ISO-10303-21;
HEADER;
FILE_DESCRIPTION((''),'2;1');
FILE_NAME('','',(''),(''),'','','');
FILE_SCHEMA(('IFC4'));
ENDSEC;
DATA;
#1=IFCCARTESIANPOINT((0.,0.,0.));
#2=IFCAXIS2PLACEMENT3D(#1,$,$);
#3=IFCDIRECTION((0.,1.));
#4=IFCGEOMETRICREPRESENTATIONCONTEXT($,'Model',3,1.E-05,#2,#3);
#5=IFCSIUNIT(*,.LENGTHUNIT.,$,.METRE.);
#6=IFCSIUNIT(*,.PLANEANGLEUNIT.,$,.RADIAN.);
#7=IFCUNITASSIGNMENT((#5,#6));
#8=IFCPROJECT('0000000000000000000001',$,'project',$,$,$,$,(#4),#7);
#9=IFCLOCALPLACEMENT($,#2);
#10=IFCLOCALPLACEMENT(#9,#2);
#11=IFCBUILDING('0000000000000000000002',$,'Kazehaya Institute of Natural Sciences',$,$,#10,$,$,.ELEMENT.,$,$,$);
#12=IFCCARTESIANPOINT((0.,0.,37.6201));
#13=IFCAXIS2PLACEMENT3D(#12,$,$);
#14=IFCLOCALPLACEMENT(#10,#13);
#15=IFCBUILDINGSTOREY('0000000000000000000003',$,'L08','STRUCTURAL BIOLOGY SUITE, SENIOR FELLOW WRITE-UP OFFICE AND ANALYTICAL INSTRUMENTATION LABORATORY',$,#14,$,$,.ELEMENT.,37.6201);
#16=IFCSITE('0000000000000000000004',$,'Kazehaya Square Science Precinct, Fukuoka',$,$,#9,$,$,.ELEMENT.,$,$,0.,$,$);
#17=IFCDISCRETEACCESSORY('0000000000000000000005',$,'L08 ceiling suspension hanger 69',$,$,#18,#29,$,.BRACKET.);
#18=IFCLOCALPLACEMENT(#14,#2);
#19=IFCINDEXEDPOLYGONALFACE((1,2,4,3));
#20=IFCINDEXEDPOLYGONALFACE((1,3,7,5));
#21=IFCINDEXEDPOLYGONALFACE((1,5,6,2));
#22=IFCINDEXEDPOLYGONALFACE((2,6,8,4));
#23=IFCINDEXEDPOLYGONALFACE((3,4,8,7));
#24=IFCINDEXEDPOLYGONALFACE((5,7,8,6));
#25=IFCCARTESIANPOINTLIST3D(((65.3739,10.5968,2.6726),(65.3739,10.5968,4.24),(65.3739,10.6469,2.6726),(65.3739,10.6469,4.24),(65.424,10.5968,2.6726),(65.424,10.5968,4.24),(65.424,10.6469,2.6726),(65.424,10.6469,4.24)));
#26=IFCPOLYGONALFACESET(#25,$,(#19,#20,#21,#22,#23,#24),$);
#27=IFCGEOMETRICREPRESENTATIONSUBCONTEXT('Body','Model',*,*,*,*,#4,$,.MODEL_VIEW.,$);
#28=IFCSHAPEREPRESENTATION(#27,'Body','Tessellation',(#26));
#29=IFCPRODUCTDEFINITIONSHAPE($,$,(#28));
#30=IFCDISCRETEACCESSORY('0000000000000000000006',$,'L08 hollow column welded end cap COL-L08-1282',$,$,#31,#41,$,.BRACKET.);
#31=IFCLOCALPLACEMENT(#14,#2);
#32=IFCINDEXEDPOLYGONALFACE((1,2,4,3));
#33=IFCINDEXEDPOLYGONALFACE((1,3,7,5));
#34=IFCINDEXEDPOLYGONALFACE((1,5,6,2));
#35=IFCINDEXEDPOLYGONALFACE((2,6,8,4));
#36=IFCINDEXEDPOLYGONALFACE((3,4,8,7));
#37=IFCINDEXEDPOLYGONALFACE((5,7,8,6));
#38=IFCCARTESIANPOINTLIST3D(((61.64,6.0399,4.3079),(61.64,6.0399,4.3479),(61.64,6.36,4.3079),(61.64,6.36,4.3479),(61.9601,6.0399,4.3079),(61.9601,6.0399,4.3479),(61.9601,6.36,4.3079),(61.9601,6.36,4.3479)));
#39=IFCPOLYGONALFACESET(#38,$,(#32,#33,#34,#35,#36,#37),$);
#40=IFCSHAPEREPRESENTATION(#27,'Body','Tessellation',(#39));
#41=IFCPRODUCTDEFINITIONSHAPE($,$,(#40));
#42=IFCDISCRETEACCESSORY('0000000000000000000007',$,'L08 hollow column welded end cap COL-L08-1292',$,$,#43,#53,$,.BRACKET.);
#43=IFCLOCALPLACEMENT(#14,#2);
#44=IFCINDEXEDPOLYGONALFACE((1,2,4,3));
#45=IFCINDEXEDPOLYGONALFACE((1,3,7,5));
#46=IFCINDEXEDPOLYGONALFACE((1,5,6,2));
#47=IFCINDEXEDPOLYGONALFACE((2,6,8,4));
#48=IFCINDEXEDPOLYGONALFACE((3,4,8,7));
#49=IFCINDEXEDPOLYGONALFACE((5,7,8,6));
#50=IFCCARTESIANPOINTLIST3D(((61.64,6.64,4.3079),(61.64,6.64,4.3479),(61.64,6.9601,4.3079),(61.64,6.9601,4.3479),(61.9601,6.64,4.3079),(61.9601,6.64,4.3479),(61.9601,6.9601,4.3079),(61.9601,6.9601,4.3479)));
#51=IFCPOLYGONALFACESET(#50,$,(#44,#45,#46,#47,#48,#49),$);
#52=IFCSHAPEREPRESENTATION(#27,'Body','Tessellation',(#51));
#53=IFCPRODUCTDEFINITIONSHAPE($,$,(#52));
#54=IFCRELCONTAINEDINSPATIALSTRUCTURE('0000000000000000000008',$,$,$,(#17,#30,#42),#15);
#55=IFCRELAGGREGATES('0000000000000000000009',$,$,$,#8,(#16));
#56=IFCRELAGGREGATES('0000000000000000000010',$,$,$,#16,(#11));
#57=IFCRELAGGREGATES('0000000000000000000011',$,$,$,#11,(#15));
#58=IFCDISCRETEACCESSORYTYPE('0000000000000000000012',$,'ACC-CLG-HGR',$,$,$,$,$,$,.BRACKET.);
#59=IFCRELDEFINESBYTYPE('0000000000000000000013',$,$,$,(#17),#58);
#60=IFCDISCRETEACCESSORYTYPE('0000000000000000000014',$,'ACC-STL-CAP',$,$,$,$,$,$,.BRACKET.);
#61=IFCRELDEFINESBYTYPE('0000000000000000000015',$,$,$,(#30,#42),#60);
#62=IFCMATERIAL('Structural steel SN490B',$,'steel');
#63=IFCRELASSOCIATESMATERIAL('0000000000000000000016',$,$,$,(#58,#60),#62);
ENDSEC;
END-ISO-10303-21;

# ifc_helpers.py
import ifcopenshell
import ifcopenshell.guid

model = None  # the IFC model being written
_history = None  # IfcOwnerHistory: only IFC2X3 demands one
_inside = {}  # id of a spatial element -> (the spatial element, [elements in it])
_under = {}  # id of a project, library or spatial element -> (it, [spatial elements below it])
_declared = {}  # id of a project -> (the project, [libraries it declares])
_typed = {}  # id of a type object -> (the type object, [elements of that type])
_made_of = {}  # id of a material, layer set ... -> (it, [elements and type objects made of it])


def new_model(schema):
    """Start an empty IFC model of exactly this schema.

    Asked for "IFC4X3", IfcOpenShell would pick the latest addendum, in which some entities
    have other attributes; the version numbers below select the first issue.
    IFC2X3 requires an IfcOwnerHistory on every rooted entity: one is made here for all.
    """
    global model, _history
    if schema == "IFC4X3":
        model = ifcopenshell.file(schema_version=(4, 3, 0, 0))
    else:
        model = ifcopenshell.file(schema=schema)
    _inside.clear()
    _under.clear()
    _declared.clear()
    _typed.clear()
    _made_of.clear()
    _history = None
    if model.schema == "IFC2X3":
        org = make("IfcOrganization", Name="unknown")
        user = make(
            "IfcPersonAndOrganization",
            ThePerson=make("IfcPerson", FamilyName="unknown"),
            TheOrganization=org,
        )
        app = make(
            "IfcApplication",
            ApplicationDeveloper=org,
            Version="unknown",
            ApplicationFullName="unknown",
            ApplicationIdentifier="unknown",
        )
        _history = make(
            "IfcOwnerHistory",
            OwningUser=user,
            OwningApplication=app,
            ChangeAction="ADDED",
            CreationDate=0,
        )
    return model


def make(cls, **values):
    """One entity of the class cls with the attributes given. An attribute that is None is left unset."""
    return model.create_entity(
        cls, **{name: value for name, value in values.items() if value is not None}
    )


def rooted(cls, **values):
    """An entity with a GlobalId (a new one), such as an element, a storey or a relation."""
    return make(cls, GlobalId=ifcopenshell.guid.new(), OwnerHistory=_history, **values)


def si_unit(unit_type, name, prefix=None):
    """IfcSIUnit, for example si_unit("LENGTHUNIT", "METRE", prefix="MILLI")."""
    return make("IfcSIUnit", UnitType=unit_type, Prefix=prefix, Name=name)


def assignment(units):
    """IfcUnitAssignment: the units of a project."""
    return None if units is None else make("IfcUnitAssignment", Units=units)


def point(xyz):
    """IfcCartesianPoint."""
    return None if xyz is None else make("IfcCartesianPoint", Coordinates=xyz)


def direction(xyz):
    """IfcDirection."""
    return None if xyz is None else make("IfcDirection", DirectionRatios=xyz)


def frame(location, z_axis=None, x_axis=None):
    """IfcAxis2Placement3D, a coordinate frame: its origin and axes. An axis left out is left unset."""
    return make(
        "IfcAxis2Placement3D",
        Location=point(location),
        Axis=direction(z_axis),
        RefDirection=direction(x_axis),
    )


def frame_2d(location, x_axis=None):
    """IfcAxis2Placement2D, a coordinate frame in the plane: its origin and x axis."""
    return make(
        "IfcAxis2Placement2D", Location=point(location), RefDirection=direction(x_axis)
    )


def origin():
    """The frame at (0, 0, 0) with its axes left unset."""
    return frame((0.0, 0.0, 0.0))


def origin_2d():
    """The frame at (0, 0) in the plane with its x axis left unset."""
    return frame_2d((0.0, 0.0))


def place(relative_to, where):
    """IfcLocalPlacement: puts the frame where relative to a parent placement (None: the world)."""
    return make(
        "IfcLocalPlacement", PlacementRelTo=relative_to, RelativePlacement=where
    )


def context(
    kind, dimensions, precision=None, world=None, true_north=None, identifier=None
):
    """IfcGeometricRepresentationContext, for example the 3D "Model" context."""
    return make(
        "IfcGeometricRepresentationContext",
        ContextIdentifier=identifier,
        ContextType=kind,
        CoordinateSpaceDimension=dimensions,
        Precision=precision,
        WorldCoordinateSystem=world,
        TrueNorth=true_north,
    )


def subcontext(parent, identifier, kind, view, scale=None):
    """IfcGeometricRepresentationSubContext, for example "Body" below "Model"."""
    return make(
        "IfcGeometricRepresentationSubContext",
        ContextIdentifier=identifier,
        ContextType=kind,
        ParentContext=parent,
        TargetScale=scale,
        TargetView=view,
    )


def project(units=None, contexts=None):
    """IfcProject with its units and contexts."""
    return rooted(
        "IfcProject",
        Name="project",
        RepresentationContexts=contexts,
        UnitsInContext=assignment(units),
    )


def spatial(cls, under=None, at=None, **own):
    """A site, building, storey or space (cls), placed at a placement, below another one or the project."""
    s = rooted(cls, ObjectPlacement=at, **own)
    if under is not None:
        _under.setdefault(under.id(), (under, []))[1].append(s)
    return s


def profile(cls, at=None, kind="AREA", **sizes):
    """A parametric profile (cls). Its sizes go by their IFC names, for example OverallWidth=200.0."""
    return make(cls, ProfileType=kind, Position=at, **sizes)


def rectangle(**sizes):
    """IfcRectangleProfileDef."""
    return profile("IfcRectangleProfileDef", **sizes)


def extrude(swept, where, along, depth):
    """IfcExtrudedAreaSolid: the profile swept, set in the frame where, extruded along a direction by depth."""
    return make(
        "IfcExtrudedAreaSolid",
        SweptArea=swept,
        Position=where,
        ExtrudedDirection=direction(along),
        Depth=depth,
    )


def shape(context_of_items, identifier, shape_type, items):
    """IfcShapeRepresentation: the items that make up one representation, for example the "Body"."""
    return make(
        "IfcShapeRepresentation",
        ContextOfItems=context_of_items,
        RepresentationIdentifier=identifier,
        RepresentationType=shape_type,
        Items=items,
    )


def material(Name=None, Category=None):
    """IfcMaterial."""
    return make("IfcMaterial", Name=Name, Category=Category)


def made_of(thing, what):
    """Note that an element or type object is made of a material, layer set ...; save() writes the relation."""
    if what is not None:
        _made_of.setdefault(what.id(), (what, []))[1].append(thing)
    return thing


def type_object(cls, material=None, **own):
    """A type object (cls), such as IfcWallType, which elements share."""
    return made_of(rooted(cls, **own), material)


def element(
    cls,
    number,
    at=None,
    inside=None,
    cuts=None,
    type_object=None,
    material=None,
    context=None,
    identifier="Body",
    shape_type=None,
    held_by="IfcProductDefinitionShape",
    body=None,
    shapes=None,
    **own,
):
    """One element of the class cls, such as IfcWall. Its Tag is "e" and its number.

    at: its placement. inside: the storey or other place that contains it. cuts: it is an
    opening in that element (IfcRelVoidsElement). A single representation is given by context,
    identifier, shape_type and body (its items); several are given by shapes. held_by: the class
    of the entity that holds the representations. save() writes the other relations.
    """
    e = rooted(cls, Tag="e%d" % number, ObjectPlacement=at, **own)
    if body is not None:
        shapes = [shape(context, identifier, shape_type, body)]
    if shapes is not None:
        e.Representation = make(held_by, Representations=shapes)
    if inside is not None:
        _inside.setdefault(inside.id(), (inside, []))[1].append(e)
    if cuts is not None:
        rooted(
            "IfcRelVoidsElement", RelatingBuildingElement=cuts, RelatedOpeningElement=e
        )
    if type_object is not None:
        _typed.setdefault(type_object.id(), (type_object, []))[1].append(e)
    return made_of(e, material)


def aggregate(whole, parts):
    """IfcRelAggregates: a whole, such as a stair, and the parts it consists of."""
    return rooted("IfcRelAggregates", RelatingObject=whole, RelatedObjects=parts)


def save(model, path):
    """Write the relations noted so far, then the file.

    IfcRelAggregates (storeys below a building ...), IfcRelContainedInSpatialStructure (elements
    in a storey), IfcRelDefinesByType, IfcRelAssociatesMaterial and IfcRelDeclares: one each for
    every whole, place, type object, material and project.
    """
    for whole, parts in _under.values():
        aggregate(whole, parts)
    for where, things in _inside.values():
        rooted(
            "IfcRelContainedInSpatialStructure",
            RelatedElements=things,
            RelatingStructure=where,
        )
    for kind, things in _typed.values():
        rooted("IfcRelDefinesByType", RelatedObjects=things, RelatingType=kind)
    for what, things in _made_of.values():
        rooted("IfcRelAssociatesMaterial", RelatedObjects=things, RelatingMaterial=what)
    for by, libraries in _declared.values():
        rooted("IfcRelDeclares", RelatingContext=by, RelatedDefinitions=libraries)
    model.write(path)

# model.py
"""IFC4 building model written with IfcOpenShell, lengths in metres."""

from ifc_helpers import new_model, si_unit, direction, frame, origin, origin_2d, place, context, subcontext, project, spatial, rectangle, extrude, material, type_object, element, save


model = new_model("IFC4")

# Units and contexts
model_context = context("Model", 3, precision=1e-05, world=origin(), true_north=direction((0.0, 1.0)))
body_context = subcontext(model_context, "Body", "Model", "MODEL_VIEW")
ifc_project = project(units=[si_unit("LENGTHUNIT", "METRE"), si_unit("PLANEANGLEUNIT", "RADIAN")], contexts=[model_context])

# Site, building, storey
site_placement = place(None, origin())
site = spatial("IfcSite", under=ifc_project, at=site_placement, Name="Kazehaya Square Science Precinct, Fukuoka", CompositionType="ELEMENT", RefElevation=0.0)
building_placement = place(site_placement, origin())
building = spatial("IfcBuilding", under=site, at=building_placement, Name="Kazehaya Institute of Natural Sciences", CompositionType="ELEMENT")
storey_placement = place(building_placement, frame((0.0, 0.0, 37.6201)))
storey = spatial("IfcBuildingStorey", under=building, at=storey_placement, Name="L08", Description="STRUCTURAL BIOLOGY SUITE, SENIOR FELLOW WRITE-UP OFFICE AND ANALYTICAL INSTRUMENTATION LABORATORY", CompositionType="ELEMENT", Elevation=37.6201)

# Discrete accessories
ifc_material_1 = material(Name="Structural steel SN490B", Category="steel")
discrete_accessory_type_1 = type_object("IfcDiscreteAccessoryType", Name="ACC-CLG-HGR", PredefinedType="BRACKET", material=ifc_material_1)
discrete_accessory_placement = place(storey_placement, frame((65.3989, 10.6218, 2.6726), z_axis=(0.0, 0.0, 1.0), x_axis=(1.0, 0.0, 0.0)))
element("IfcDiscreteAccessory", 1, at=discrete_accessory_placement, inside=storey, type_object=discrete_accessory_type_1, Name="L08 ceiling suspension hanger 69", PredefinedType="BRACKET", context=body_context, shape_type="SweptSolid", body=[
    extrude(rectangle(XDim=0.05, YDim=0.05, at=origin_2d()), origin(), (0.0, 0.0, 1.0), 1.5674),
])
discrete_accessory_type_2 = type_object("IfcDiscreteAccessoryType", Name="ACC-STL-CAP", PredefinedType="BRACKET", material=ifc_material_1)
for number, where, z_axis, x_axis, name in (
    (2, (61.8, 6.2, 4.3079), (0.0, 0.0, 1.0), (1.0, 0.0, 0.0), "L08 hollow column welded end cap COL-L08-1282"),
    (3, (61.8, 6.8, 4.3079), (0.0, 0.0, 1.0), (1.0, 0.0, 0.0), "L08 hollow column welded end cap COL-L08-1292"),
):
    element("IfcDiscreteAccessory", number, at=place(storey_placement, frame(where, z_axis=z_axis, x_axis=x_axis)), inside=storey, type_object=discrete_accessory_type_2, Name=name, PredefinedType="BRACKET", context=body_context, shape_type="SweptSolid", body=[
        extrude(rectangle(XDim=0.3201, YDim=0.3201, at=origin_2d()), origin(), (0.0, 0.0, 1.0), 0.04),
    ])

save(model, "model.ifc")
